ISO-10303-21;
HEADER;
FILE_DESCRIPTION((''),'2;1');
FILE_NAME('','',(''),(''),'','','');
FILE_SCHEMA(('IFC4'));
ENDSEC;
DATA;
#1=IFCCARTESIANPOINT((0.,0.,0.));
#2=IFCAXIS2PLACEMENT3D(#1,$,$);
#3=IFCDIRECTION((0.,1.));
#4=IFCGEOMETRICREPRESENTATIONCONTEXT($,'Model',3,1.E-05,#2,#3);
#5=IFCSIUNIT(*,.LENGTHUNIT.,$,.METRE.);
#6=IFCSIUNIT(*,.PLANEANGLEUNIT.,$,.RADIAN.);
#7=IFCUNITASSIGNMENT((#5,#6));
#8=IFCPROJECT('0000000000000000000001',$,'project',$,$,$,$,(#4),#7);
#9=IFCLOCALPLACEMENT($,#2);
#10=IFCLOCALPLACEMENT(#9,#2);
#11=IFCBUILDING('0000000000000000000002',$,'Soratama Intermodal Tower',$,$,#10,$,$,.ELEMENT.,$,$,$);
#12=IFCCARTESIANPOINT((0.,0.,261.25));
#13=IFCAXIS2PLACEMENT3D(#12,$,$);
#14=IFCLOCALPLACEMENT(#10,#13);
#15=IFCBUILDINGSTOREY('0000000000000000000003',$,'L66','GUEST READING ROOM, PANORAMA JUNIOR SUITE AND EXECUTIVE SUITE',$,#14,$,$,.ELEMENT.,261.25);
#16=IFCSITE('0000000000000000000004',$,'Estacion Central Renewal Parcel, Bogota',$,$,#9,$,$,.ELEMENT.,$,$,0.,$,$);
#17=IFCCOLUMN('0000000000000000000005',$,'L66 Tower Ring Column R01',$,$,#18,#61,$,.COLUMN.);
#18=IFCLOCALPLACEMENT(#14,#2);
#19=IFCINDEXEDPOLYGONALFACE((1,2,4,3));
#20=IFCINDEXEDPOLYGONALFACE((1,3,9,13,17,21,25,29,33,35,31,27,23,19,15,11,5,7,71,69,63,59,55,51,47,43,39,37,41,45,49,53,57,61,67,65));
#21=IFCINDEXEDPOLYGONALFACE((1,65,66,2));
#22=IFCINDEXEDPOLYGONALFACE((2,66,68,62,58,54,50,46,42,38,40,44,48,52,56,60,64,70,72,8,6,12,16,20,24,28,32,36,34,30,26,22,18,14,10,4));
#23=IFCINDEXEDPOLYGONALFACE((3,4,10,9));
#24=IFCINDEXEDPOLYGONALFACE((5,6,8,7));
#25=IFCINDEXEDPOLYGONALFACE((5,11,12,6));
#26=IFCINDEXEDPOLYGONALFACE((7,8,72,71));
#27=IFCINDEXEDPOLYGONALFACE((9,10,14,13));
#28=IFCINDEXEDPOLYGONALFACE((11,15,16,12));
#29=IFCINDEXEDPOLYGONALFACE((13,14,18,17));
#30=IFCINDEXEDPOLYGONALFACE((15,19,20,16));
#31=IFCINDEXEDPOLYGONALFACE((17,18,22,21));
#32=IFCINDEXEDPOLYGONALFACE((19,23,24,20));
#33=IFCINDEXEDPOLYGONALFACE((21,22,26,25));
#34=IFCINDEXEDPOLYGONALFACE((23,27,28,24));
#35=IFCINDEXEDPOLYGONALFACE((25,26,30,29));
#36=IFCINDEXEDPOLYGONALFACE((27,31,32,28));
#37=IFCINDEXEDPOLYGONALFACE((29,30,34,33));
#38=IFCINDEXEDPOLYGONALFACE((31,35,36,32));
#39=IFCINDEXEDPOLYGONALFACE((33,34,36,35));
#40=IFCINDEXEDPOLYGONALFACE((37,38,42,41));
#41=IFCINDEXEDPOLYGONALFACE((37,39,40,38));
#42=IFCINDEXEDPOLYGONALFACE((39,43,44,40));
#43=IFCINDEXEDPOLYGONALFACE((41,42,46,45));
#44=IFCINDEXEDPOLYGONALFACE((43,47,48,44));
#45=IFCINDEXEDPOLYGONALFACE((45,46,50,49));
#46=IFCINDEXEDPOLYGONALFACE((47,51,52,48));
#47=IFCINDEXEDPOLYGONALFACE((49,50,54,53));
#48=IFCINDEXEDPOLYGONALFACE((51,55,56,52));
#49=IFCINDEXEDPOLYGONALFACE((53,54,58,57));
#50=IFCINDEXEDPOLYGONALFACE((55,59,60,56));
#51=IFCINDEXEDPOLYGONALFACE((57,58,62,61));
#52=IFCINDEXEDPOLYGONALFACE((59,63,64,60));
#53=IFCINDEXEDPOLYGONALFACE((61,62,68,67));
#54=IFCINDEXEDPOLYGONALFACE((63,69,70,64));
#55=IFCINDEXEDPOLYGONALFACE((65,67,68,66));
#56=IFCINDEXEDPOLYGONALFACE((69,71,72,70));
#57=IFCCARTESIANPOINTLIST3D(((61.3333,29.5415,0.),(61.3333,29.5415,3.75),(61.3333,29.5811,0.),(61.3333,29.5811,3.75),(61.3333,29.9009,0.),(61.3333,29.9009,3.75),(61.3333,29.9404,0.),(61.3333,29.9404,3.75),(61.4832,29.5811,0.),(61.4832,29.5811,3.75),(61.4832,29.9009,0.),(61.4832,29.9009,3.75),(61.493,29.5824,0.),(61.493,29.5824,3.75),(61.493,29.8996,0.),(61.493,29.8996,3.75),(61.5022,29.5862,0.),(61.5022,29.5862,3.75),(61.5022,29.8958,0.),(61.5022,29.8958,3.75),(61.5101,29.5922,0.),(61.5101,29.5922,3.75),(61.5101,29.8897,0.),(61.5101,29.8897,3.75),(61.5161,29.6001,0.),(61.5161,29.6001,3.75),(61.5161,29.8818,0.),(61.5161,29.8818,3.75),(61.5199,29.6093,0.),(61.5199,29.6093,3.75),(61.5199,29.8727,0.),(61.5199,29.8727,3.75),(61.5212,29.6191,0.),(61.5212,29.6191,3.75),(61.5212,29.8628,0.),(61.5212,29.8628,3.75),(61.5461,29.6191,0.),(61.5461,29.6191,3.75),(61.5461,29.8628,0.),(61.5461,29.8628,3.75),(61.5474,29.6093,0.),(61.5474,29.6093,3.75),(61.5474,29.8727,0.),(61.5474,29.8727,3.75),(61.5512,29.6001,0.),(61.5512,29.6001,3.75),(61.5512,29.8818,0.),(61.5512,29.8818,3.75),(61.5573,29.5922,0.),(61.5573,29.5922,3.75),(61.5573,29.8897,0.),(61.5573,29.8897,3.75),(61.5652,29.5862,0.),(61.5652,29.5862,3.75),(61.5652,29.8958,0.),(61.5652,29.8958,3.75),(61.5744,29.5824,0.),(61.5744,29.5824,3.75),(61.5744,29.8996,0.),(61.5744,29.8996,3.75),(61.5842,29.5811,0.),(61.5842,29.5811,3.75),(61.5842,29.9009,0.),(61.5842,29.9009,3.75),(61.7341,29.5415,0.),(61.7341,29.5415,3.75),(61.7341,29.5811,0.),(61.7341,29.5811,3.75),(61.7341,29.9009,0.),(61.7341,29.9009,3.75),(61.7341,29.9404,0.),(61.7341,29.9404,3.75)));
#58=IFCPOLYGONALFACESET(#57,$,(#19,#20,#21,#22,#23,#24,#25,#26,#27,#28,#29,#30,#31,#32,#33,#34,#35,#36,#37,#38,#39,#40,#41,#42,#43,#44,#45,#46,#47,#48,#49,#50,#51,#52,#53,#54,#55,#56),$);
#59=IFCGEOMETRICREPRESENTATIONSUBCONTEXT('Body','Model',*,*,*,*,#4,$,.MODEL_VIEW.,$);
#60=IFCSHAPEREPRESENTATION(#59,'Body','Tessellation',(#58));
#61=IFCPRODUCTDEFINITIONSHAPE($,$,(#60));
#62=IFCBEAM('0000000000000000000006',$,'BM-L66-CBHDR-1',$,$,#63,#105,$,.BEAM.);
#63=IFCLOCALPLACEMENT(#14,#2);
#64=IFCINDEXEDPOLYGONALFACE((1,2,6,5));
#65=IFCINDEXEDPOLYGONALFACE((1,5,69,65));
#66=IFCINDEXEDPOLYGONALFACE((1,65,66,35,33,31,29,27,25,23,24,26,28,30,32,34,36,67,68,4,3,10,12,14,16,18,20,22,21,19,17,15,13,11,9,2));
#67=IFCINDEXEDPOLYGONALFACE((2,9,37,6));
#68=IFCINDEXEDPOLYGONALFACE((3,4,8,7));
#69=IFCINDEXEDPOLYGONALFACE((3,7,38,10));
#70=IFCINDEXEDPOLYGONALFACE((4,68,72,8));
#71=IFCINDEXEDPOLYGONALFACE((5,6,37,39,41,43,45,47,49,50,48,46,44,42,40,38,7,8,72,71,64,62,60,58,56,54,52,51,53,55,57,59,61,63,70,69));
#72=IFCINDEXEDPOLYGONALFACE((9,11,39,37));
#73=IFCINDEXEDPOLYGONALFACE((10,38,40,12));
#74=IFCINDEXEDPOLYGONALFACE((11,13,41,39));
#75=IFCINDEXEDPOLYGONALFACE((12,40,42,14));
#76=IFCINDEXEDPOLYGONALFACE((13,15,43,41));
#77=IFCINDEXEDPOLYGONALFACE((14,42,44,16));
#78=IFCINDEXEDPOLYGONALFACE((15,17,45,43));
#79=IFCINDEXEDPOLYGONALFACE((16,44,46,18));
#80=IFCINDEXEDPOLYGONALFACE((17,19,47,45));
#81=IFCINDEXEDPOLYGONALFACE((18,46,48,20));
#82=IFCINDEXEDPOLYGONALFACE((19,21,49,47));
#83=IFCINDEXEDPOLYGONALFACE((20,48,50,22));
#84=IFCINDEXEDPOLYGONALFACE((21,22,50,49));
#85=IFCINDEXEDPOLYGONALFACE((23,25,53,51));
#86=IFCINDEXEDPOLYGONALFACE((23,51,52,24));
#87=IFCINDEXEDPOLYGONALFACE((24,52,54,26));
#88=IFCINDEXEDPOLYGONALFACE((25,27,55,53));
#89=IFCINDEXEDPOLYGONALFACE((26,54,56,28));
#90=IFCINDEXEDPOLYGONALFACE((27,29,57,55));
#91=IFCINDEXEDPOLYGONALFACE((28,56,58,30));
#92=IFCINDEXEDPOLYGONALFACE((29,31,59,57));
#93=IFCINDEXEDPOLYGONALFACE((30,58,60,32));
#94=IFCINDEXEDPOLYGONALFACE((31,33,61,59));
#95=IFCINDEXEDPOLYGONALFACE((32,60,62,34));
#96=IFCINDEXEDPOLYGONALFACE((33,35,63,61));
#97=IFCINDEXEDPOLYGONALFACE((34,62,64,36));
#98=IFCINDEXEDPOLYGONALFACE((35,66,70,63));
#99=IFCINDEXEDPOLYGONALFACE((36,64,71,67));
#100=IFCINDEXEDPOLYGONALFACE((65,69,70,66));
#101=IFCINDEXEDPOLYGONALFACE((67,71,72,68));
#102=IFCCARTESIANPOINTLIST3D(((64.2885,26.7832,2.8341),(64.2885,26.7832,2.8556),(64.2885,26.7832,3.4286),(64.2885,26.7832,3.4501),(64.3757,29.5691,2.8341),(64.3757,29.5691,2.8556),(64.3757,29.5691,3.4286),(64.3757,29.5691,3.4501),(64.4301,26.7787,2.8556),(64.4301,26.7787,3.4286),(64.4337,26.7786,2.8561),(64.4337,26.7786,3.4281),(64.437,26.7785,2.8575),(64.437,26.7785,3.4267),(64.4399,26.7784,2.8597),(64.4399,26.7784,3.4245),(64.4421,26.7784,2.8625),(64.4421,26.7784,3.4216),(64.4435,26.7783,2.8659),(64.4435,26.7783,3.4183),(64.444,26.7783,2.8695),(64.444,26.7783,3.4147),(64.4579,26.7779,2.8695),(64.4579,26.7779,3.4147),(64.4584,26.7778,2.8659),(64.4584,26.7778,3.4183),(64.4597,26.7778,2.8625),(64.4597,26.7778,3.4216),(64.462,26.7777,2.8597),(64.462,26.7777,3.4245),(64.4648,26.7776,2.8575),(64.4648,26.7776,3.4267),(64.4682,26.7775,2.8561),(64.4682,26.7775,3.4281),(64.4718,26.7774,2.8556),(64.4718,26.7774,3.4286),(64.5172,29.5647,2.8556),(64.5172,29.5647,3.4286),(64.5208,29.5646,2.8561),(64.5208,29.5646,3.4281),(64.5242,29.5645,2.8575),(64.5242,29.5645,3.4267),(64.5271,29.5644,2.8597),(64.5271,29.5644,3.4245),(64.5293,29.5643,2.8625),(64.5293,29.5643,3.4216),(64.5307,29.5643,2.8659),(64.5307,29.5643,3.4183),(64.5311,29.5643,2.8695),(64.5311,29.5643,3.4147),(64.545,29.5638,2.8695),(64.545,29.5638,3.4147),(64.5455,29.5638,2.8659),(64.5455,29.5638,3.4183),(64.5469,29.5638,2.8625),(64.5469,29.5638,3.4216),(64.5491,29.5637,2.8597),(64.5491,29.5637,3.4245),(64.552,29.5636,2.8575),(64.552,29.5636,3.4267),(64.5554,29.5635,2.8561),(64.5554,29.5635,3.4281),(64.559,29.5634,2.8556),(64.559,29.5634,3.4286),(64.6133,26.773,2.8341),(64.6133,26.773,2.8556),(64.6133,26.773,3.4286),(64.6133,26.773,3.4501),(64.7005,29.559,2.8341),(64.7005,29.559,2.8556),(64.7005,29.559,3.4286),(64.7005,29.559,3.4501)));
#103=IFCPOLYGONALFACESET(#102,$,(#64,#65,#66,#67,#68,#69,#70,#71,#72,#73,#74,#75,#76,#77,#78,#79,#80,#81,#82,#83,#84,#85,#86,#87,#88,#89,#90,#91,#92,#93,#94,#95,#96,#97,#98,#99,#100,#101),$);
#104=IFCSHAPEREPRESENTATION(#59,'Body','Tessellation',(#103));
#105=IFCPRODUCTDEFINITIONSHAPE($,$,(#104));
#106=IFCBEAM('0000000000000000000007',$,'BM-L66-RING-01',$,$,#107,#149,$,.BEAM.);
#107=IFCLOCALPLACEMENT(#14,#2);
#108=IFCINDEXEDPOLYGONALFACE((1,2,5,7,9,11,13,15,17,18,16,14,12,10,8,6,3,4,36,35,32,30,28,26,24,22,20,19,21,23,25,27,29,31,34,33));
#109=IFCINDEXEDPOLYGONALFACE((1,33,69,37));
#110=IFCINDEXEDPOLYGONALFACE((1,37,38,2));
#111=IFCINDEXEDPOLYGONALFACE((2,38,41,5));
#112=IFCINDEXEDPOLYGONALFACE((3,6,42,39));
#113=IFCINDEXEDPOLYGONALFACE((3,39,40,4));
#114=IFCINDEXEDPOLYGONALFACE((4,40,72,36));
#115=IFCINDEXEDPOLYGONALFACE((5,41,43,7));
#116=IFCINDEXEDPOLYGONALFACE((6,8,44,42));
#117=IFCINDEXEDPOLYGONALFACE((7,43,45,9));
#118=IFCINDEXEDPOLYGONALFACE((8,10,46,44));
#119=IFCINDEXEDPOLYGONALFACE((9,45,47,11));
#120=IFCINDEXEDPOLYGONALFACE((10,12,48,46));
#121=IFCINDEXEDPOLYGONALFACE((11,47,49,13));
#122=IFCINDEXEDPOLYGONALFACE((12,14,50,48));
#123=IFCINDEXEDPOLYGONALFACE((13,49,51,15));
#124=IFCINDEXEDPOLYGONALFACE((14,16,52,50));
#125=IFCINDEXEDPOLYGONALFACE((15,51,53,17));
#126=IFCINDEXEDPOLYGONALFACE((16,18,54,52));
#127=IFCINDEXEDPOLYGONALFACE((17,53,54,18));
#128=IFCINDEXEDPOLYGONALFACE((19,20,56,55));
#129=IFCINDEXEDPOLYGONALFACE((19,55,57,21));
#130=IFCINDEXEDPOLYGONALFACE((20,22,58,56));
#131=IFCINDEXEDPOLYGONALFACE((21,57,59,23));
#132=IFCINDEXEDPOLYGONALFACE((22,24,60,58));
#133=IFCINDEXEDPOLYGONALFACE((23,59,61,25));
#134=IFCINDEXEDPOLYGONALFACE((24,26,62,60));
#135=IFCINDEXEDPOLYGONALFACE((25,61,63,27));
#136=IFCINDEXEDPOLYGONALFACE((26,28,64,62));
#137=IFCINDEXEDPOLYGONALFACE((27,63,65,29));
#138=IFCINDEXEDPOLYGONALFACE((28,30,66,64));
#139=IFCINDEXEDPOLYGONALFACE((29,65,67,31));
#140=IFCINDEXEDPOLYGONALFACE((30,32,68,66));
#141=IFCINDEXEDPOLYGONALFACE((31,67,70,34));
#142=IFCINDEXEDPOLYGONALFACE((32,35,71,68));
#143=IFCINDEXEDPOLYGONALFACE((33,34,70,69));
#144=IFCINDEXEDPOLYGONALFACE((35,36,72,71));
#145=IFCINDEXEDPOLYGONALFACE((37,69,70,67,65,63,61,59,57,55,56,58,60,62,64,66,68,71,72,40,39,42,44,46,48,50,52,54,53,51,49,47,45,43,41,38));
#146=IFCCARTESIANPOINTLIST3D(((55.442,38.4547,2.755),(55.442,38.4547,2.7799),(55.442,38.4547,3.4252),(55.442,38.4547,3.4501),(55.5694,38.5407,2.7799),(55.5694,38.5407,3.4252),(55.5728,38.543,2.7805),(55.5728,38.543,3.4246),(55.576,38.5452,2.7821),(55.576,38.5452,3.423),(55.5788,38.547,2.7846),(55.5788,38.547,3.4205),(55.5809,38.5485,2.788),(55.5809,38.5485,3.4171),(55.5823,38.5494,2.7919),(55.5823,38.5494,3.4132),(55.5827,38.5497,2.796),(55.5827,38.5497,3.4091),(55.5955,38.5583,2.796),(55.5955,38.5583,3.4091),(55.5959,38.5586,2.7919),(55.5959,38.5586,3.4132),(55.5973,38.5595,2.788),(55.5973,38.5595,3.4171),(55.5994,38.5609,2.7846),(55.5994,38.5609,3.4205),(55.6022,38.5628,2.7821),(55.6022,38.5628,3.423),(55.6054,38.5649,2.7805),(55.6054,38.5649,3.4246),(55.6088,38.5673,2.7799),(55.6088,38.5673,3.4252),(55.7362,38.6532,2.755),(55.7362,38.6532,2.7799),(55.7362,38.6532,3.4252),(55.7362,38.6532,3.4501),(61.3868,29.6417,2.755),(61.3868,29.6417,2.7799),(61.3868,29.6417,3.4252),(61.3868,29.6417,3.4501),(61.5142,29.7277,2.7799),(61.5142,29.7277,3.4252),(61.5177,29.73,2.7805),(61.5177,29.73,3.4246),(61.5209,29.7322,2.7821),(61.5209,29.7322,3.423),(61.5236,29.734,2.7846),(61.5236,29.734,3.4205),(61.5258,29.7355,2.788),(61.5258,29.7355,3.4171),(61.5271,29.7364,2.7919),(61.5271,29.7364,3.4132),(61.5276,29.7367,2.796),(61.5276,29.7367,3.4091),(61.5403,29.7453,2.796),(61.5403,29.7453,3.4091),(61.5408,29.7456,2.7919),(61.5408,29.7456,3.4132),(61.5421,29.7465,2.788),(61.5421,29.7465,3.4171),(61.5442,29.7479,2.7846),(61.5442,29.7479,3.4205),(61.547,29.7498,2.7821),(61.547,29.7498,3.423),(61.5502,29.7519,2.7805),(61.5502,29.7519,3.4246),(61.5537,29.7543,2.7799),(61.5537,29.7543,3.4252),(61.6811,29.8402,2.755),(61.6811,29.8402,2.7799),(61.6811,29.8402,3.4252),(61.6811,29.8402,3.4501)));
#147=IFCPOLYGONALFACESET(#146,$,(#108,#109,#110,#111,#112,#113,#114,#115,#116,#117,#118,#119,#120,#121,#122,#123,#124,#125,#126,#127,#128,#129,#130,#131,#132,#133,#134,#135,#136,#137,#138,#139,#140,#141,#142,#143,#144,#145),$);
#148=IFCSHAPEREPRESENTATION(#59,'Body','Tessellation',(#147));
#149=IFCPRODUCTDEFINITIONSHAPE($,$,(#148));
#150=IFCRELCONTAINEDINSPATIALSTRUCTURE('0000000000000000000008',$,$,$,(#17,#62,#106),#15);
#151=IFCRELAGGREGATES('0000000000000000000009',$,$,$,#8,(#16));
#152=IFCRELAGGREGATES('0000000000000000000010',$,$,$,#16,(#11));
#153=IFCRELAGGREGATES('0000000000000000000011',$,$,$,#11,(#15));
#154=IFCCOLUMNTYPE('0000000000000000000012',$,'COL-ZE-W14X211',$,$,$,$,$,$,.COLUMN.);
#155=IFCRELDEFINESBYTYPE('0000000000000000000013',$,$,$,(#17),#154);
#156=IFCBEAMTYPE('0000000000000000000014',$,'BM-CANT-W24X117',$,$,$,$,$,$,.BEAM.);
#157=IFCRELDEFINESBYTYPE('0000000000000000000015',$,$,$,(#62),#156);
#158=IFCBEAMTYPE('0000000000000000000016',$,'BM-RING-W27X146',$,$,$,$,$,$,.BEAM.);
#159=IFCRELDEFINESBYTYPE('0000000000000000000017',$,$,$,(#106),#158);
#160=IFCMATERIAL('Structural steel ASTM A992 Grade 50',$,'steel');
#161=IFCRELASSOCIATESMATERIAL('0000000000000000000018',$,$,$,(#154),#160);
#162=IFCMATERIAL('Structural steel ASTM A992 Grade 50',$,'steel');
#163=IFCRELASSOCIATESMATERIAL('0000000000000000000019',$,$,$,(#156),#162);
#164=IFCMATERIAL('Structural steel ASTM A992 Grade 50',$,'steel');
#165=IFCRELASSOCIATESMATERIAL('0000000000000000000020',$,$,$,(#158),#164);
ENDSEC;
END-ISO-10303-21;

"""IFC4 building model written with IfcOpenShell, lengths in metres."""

from ifc_helpers import new_model, si_unit, direction, frame, origin, origin_2d, place, context, subcontext, project, spatial, i_section, extrude, material, material_profile, profile_set, type_object, element, save


model = new_model("IFC4")

# Units and contexts
model_context = context("Model", 3, precision=1e-05, world=origin(), true_north=direction((0.0, 1.0)))
body_context = subcontext(model_context, "Body", "Model", "MODEL_VIEW")
ifc_project = project(units=[si_unit("LENGTHUNIT", "METRE"), si_unit("PLANEANGLEUNIT", "RADIAN")], contexts=[model_context])

# Site, building, storey
site_placement = place(None, origin())
site = spatial("IfcSite", under=ifc_project, at=site_placement, Name="Estacion Central Renewal Parcel, Bogota", CompositionType="ELEMENT", RefElevation=0.0)
building_placement = place(site_placement, origin())
building = spatial("IfcBuilding", under=site, at=building_placement, Name="Soratama Intermodal Tower", CompositionType="ELEMENT")
storey_placement = place(building_placement, frame((0.0, 0.0, 261.25)))
storey = spatial("IfcBuildingStorey", under=building, at=storey_placement, Name="L66", Description="GUEST READING ROOM, PANORAMA JUNIOR SUITE AND EXECUTIVE SUITE", CompositionType="ELEMENT", Elevation=261.25)

# Column
ifc_material_1 = material(Name="Structural steel ASTM A992 Grade 50", Category="steel")
ifc_material_profile_1 = material_profile(ifc_material_1, i_section(OverallWidth=0.4009, OverallDepth=0.3989, WebThickness=0.0249, FlangeThickness=0.0396, FilletRadius=0.0381, at=origin_2d()), Name="W14X211")
ifc_profile_set_1 = profile_set([ifc_material_profile_1], Name="Structural steel ASTM A992 Grade 50")
column_type = type_object("IfcColumnType", Name="COL-ZE-W14X211", PredefinedType="COLUMN", material=ifc_profile_set_1)
column_placement = place(storey_placement, frame((61.5337, 29.741, 0.0), z_axis=(0.0, 0.0, 1.0), x_axis=(1.0, 0.0, 0.0)))
element("IfcColumn", 1, at=column_placement, inside=storey, type_object=column_type, Name="L66 Tower Ring Column R01", PredefinedType="COLUMN", context=body_context, shape_type="SweptSolid", body=[
    extrude(i_section(OverallWidth=0.4009, OverallDepth=0.3989, WebThickness=0.0249, FlangeThickness=0.0396, FilletRadius=0.0381, at=origin_2d()), origin(), (0.0, 0.0, 1.0), 3.75),
])

# Beams
ifc_material_2 = material(Name="Structural steel ASTM A992 Grade 50", Category="steel")
ifc_material_profile_2 = material_profile(ifc_material_2, i_section(OverallWidth=0.325, OverallDepth=0.616, WebThickness=0.0139, FlangeThickness=0.0215, FilletRadius=0.0139, at=origin_2d()), Name="W24X117")
ifc_profile_set_2 = profile_set([ifc_material_profile_2], Name="Structural steel ASTM A992 Grade 50")
beam_type_1 = type_object("IfcBeamType", Name="BM-CANT-W24X117", PredefinedType="BEAM", material=ifc_profile_set_2)
beam_1_placement = place(storey_placement, frame((64.4509, 26.7781, 3.1421), z_axis=(0.03127, 0.999511, 0.0), x_axis=(-0.999511, 0.03127, 0.0)))
element("IfcBeam", 2, at=beam_1_placement, inside=storey, type_object=beam_type_1, Name="BM-L66-CBHDR-1", PredefinedType="BEAM", context=body_context, shape_type="SweptSolid", body=[
    extrude(i_section(OverallWidth=0.325, OverallDepth=0.616, WebThickness=0.0139, FlangeThickness=0.0215, FilletRadius=0.0139, at=origin_2d()), origin(), (0.0, 0.0, 1.0), 2.7874),
])
ifc_material_3 = material(Name="Structural steel ASTM A992 Grade 50", Category="steel")
ifc_material_profile_3 = material_profile(ifc_material_3, i_section(OverallWidth=0.355, OverallDepth=0.6951, WebThickness=0.0154, FlangeThickness=0.0249, FilletRadius=0.0161, at=origin_2d()), Name="W27X146")
ifc_profile_set_3 = profile_set([ifc_material_profile_3], Name="Structural steel ASTM A992 Grade 50")
beam_type_2 = type_object("IfcBeamType", Name="BM-RING-W27X146", PredefinedType="BEAM", material=ifc_profile_set_3)
beam_2_placement = place(storey_placement, frame((61.5339, 29.741, 3.1025), z_axis=(-0.559218, 0.829021, 0.0), x_axis=(-0.829021, -0.559218, 0.0)))
element("IfcBeam", 3, at=beam_2_placement, inside=storey, type_object=beam_type_2, Name="BM-L66-RING-01", PredefinedType="BEAM", context=body_context, shape_type="SweptSolid", body=[
    extrude(i_section(OverallWidth=0.355, OverallDepth=0.6951, WebThickness=0.0154, FlangeThickness=0.0249, FilletRadius=0.0161, at=origin_2d()), origin(), (0.0, 0.0, 1.0), 10.6306),
])

save(model, "model.ifc")
